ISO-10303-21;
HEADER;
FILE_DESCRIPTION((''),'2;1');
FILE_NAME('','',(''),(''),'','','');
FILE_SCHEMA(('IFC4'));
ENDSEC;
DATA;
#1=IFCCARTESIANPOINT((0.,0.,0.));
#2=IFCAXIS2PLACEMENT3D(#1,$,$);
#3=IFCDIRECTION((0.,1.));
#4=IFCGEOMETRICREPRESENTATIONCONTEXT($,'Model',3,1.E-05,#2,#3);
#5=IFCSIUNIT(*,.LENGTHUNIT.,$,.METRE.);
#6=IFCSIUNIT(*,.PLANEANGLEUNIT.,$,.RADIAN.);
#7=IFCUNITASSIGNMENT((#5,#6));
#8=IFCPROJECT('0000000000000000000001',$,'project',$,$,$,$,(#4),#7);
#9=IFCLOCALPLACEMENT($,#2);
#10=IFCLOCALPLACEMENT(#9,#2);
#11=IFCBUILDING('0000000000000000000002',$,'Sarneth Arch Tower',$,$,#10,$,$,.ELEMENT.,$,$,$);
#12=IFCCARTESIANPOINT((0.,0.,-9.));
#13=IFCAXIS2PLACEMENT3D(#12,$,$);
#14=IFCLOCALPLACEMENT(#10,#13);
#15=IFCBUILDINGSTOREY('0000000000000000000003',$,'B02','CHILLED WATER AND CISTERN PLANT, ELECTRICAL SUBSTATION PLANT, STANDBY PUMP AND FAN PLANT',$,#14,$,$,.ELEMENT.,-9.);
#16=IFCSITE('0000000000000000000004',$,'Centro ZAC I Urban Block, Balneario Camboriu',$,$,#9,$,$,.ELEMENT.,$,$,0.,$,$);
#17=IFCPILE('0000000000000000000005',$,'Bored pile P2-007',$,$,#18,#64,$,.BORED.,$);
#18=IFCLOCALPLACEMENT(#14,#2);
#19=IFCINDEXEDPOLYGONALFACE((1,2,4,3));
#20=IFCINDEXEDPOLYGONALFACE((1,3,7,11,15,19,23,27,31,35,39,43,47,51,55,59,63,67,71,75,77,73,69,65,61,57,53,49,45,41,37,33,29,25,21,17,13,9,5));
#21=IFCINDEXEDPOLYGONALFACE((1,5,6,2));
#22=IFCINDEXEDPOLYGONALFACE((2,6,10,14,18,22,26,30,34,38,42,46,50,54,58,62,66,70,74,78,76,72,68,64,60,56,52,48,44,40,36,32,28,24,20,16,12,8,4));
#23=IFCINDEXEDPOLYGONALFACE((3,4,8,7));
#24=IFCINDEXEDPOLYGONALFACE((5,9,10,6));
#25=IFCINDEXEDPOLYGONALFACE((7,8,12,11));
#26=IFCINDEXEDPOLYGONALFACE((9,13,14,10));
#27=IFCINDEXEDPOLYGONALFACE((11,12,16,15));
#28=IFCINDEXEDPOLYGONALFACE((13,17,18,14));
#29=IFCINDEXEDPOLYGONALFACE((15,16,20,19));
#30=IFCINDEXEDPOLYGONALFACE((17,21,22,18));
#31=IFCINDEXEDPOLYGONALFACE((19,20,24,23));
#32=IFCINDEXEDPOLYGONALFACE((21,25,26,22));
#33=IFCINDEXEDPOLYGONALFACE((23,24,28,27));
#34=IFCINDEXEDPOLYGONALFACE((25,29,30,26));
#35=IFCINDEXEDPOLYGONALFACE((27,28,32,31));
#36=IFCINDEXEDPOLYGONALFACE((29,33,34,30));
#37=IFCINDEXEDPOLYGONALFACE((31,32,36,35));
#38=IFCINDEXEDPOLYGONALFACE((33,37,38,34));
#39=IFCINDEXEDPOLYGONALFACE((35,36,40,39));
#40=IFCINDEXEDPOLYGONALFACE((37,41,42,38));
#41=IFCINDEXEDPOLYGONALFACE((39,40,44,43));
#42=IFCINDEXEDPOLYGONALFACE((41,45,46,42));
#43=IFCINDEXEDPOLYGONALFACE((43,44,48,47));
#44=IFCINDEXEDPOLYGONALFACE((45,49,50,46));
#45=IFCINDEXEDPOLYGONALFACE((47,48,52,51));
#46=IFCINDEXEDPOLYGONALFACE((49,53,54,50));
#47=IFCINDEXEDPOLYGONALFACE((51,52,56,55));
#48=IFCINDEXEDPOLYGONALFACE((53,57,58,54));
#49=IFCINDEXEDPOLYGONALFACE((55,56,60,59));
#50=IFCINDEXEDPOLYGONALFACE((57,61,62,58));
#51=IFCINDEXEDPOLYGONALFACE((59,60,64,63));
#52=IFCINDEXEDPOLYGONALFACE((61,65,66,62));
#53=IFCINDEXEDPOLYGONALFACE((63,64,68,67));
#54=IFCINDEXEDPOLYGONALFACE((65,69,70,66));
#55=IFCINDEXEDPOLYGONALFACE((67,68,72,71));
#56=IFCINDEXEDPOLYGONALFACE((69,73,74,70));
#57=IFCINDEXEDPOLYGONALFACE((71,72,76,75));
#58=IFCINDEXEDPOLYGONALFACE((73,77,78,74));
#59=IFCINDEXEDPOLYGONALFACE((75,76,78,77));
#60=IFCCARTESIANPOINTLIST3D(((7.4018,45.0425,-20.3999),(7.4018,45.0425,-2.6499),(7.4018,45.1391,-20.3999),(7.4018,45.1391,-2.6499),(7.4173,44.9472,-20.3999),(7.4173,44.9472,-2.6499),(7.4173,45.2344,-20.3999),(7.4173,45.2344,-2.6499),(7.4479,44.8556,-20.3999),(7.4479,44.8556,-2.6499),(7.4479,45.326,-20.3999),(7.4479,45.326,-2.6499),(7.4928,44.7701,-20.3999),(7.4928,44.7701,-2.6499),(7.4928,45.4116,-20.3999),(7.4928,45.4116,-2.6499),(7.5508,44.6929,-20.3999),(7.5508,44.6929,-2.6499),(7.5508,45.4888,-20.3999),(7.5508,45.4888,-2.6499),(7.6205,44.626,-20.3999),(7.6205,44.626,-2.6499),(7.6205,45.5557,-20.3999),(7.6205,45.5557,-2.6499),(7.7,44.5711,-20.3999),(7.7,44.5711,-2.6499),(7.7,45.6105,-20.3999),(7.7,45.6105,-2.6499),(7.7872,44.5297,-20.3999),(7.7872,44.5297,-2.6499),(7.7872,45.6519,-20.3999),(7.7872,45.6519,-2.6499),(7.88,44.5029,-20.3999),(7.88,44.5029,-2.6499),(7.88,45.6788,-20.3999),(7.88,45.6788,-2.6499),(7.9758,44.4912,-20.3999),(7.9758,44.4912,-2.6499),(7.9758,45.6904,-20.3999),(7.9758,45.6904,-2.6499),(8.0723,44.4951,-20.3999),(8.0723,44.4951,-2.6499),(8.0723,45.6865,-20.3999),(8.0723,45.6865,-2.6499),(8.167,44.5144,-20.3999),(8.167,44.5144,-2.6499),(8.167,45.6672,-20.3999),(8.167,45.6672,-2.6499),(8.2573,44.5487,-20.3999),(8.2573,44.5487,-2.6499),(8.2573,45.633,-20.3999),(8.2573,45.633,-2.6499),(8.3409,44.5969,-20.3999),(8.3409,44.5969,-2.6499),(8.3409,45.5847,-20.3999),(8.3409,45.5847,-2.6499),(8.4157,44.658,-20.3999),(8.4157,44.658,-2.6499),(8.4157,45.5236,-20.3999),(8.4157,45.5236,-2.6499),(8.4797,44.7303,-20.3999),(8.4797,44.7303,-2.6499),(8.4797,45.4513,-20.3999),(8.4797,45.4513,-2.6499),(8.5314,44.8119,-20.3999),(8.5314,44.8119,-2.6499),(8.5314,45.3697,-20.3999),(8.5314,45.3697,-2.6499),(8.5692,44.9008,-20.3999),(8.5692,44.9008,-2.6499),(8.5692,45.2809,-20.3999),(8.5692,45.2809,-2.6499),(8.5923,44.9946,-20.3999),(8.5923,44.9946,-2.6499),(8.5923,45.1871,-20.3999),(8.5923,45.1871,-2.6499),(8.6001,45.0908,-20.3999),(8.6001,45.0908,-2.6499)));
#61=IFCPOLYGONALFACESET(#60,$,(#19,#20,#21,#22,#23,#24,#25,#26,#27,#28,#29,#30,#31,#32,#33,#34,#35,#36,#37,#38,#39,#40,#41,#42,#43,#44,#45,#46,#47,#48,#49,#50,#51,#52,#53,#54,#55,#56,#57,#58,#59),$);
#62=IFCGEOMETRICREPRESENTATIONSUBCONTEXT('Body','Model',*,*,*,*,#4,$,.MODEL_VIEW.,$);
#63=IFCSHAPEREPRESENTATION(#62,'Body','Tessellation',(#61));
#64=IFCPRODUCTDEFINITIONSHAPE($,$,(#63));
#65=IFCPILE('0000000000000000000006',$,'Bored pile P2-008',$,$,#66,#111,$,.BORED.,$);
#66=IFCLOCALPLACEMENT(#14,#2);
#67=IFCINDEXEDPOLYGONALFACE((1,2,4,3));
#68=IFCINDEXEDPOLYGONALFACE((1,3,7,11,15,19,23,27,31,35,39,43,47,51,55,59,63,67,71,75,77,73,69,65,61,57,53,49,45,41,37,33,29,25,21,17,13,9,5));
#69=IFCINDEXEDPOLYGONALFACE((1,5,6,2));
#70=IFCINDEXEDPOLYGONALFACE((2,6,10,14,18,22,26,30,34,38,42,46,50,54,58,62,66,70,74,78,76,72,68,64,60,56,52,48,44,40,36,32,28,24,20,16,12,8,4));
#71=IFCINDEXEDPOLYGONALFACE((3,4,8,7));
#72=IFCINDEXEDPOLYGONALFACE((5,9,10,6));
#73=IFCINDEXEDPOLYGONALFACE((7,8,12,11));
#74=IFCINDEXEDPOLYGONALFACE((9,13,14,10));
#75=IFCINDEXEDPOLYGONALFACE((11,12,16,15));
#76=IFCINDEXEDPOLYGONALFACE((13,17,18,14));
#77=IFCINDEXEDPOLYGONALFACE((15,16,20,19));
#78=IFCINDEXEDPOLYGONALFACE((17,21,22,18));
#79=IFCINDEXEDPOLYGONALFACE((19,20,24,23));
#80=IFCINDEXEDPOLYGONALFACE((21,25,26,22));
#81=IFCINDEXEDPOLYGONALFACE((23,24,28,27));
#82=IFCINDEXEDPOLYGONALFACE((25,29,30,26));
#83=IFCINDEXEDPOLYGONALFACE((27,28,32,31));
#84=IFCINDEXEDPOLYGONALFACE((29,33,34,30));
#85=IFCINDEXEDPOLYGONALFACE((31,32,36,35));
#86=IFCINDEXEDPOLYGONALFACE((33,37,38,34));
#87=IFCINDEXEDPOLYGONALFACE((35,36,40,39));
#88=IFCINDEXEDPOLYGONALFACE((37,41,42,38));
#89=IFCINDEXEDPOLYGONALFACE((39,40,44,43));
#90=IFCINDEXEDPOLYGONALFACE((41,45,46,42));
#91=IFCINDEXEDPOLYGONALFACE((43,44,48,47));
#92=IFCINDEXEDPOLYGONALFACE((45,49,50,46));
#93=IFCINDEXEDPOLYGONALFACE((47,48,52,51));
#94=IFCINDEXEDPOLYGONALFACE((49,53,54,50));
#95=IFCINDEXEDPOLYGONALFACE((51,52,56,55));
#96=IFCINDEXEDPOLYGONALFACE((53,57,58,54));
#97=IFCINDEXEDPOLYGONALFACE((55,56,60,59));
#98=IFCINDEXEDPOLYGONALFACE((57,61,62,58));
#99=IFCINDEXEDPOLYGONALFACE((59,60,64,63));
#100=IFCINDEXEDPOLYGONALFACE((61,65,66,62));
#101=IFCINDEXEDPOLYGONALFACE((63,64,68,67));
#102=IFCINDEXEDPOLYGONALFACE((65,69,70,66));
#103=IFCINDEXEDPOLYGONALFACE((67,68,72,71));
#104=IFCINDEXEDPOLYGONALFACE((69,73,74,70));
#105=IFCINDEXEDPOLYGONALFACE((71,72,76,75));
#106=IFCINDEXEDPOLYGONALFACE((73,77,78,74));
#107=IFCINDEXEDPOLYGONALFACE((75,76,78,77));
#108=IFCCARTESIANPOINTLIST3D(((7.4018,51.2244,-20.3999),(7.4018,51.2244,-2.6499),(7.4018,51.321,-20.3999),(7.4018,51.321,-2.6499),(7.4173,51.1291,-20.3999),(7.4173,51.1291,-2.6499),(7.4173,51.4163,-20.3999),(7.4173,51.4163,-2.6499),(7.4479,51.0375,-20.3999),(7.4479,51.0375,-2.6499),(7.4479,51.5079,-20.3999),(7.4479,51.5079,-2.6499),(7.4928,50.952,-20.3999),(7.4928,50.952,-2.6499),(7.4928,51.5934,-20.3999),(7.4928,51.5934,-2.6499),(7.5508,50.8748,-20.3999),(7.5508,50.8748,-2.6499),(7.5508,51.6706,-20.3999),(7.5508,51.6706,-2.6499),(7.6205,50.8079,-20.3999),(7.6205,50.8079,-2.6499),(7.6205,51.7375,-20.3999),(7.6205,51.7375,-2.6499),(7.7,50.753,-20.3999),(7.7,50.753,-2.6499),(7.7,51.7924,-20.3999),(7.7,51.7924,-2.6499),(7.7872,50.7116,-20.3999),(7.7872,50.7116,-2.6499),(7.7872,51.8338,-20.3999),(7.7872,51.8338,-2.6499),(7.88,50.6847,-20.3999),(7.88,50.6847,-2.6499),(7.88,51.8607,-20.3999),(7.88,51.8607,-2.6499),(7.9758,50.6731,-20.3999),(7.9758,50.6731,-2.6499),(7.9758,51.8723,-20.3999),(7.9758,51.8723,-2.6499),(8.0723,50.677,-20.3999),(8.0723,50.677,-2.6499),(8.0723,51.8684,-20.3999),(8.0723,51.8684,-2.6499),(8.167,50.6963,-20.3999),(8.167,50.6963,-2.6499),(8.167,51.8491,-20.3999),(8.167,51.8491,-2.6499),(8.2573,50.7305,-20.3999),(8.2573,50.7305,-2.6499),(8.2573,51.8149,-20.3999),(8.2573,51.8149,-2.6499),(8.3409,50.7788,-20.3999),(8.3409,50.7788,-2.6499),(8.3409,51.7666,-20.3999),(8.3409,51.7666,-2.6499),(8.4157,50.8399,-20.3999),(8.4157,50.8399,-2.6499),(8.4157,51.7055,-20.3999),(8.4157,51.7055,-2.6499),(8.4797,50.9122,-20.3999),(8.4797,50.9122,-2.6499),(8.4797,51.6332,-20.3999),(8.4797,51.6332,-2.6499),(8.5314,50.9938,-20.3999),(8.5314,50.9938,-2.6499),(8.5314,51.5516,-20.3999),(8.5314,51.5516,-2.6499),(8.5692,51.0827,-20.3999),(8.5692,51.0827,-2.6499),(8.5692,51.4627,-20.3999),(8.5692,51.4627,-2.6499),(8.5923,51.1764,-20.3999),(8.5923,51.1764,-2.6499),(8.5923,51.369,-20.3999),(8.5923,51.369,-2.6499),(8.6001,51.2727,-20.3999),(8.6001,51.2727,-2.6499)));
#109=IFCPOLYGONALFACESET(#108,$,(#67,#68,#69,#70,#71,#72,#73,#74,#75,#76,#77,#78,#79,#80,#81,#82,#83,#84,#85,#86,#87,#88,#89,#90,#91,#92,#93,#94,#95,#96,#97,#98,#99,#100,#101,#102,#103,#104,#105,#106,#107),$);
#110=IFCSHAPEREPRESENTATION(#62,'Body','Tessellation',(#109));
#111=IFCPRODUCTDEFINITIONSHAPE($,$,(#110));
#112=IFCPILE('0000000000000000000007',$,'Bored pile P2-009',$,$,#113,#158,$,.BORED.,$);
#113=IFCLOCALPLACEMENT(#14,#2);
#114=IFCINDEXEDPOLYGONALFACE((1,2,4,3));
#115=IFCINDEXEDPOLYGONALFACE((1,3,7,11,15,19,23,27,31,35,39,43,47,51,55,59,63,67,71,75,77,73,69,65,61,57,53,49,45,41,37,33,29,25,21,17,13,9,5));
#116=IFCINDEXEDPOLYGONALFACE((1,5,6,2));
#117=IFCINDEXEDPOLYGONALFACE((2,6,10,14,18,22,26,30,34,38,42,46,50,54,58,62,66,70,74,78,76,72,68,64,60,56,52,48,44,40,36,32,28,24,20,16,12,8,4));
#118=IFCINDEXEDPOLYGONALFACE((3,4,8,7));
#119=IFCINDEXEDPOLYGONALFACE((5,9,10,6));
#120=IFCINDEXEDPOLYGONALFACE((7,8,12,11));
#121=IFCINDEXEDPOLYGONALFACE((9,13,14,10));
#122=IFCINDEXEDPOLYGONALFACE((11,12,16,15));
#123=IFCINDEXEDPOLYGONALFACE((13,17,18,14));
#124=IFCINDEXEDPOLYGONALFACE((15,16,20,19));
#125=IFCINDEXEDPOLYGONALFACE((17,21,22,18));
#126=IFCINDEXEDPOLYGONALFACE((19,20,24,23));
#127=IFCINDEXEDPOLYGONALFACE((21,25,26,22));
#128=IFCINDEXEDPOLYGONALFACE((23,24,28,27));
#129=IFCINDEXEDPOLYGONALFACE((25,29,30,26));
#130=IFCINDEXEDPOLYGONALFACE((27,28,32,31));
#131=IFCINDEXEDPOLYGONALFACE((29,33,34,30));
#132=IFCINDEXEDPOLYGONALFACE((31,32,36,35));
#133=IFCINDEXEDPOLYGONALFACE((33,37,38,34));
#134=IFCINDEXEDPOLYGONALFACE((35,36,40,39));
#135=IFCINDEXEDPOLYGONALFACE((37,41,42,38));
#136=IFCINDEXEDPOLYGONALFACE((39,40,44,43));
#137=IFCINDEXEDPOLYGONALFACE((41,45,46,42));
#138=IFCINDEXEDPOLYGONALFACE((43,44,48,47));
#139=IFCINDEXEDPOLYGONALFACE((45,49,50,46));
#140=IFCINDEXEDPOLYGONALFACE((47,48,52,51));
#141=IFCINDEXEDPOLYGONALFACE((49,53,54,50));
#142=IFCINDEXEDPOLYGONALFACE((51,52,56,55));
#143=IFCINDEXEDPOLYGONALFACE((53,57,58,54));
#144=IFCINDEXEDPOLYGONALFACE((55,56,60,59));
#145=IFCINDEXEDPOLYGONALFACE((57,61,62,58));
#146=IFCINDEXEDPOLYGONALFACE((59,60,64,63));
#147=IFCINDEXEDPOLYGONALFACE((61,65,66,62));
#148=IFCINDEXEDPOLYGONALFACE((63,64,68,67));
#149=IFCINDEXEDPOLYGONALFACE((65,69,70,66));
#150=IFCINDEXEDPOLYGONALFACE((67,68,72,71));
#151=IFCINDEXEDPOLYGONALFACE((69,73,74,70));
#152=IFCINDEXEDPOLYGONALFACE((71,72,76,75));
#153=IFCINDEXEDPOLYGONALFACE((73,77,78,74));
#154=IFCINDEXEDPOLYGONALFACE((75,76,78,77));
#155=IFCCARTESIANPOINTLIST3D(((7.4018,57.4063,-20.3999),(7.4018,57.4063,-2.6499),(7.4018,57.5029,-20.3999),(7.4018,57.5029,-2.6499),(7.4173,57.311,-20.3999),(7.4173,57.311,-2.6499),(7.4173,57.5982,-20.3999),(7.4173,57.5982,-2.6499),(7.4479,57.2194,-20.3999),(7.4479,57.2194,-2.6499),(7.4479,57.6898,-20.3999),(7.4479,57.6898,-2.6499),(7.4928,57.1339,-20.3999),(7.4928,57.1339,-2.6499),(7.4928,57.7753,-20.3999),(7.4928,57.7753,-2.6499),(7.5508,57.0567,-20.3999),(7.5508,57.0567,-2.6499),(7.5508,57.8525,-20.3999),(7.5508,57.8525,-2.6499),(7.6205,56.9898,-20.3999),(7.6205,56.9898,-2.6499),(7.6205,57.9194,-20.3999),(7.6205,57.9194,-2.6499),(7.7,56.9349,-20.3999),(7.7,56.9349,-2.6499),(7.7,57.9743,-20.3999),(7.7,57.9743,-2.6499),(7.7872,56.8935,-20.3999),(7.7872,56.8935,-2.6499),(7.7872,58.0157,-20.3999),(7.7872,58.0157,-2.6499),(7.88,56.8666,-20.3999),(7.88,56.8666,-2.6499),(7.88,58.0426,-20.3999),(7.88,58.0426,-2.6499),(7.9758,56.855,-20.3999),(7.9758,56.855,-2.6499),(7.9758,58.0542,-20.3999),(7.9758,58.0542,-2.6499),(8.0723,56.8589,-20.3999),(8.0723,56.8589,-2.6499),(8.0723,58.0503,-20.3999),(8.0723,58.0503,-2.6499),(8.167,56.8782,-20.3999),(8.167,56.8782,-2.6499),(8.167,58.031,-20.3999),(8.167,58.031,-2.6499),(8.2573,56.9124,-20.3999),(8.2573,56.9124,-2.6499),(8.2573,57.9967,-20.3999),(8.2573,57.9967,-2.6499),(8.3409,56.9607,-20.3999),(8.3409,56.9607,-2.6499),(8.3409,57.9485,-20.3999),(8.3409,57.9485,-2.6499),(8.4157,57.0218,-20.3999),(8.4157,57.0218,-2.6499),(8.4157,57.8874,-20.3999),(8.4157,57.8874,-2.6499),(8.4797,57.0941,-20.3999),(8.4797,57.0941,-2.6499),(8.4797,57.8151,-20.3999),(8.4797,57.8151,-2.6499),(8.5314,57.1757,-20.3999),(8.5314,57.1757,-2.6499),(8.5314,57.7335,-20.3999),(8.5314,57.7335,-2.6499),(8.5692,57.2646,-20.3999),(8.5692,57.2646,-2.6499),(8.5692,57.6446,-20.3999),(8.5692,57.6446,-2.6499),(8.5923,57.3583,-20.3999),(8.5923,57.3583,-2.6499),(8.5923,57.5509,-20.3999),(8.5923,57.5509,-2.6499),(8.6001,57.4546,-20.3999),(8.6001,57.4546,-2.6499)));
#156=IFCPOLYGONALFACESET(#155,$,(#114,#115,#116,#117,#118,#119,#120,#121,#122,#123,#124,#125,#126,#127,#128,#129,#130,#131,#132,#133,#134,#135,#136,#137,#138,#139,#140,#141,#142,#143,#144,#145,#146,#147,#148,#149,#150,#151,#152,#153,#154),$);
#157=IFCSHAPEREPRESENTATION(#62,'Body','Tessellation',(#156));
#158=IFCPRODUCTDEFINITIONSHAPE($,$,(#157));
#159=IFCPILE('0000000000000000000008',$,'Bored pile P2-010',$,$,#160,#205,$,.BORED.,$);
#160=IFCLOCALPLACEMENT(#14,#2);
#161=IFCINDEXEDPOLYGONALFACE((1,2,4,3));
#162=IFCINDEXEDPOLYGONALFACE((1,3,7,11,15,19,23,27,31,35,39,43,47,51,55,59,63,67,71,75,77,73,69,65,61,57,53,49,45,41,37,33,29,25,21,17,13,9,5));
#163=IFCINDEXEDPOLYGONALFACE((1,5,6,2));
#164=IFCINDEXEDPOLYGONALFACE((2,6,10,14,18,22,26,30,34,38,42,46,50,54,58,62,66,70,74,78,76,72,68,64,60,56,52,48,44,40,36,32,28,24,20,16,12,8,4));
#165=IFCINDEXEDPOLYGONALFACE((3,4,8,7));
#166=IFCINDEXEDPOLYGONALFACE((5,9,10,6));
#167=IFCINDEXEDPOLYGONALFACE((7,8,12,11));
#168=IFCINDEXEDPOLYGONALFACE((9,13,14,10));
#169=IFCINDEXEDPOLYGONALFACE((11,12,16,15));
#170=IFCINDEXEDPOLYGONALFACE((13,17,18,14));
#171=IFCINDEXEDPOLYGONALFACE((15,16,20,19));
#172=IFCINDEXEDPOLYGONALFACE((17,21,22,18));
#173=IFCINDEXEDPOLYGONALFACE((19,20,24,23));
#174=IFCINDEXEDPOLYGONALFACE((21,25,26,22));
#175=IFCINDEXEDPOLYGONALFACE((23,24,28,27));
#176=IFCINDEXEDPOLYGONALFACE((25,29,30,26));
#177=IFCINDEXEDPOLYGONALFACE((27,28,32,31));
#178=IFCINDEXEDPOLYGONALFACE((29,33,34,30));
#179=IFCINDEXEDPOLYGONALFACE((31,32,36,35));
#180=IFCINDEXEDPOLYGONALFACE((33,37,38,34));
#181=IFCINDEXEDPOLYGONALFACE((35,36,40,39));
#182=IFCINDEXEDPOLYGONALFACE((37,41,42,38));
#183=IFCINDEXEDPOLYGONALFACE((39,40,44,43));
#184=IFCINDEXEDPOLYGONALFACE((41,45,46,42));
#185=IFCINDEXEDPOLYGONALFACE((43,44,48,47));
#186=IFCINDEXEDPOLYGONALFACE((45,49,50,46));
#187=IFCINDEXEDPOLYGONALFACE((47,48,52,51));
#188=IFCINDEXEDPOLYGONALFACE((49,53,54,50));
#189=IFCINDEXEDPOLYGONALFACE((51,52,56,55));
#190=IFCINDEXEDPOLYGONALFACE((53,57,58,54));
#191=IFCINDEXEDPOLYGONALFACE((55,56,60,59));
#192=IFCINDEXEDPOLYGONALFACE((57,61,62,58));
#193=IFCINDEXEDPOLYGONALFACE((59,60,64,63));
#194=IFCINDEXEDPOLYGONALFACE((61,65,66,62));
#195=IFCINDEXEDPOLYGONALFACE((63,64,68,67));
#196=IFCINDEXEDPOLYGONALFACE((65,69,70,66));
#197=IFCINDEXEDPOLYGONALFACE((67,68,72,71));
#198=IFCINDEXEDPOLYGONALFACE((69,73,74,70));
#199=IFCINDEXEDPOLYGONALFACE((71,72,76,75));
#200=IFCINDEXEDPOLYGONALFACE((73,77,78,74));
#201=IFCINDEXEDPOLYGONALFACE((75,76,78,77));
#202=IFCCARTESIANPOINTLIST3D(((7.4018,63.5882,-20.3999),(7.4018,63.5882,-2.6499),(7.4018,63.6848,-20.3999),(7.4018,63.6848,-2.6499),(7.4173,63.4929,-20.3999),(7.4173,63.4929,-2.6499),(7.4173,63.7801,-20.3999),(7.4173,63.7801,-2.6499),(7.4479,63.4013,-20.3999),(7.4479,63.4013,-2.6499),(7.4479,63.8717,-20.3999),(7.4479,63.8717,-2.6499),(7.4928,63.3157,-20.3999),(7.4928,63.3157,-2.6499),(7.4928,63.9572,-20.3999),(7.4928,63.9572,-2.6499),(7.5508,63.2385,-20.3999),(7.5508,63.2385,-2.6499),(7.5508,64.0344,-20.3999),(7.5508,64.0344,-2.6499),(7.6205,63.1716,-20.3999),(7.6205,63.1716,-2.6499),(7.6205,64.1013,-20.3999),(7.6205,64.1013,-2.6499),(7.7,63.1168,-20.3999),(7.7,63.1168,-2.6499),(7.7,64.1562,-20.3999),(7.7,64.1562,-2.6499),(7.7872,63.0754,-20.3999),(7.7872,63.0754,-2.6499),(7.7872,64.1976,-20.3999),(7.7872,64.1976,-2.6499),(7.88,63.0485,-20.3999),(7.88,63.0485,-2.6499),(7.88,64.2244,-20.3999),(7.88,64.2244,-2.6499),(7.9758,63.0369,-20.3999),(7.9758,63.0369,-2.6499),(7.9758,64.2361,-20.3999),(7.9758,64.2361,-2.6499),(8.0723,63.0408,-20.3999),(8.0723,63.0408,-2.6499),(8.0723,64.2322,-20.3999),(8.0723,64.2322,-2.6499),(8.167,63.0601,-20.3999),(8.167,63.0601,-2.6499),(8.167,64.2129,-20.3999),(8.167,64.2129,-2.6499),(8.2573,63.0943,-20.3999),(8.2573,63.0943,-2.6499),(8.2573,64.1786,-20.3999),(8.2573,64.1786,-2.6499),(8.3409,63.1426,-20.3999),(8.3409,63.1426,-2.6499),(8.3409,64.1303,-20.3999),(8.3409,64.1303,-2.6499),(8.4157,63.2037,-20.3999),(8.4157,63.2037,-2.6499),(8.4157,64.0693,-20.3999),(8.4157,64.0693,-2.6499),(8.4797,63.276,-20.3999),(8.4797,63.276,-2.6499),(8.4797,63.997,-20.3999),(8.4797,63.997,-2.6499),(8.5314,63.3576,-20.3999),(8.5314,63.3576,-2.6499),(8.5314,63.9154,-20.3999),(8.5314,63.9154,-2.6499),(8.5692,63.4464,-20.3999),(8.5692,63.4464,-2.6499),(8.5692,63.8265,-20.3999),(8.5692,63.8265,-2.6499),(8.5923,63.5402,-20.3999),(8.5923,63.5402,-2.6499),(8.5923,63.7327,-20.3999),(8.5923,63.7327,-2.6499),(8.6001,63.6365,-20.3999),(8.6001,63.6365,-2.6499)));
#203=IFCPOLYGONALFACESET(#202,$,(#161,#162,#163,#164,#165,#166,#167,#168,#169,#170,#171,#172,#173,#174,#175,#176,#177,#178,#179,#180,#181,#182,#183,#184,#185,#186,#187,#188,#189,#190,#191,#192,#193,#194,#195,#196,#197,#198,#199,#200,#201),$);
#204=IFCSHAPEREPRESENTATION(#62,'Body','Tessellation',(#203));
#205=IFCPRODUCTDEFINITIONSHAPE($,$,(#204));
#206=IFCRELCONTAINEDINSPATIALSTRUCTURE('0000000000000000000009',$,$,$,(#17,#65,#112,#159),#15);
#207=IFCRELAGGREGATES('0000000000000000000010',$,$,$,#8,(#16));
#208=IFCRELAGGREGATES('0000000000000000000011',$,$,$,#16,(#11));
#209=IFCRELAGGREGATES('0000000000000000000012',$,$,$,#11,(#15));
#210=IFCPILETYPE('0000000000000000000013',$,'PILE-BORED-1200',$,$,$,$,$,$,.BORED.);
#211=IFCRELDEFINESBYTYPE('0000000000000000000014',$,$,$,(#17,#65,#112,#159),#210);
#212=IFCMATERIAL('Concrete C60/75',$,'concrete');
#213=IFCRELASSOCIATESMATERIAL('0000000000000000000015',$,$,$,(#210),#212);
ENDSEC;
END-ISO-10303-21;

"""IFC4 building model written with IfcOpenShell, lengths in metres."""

from ifc_helpers import new_model, si_unit, direction, frame, origin, origin_2d, place, context, subcontext, project, spatial, circle, extrude, material, material_profile, profile_set, type_object, element, save


model = new_model("IFC4")

# Units and contexts
model_context = context("Model", 3, precision=1e-05, world=origin(), true_north=direction((0.0, 1.0)))
body_context = subcontext(model_context, "Body", "Model", "MODEL_VIEW")
ifc_project = project(units=[si_unit("LENGTHUNIT", "METRE"), si_unit("PLANEANGLEUNIT", "RADIAN")], contexts=[model_context])

# Site, building, storey
site_placement = place(None, origin())
site = spatial("IfcSite", under=ifc_project, at=site_placement, Name="Centro ZAC I Urban Block, Balneario Camboriu", CompositionType="ELEMENT", RefElevation=0.0)
building_placement = place(site_placement, origin())
building = spatial("IfcBuilding", under=site, at=building_placement, Name="Sarneth Arch Tower", CompositionType="ELEMENT")
storey_placement = place(building_placement, frame((0.0, 0.0, -9.0)))
storey = spatial("IfcBuildingStorey", under=building, at=storey_placement, Name="B02", Description="CHILLED WATER AND CISTERN PLANT, ELECTRICAL SUBSTATION PLANT, STANDBY PUMP AND FAN PLANT", CompositionType="ELEMENT", Elevation=-9.0)

# Piles
ifc_material_1 = material(Name="Concrete C60/75", Category="concrete")
ifc_material_profile_1 = material_profile(ifc_material_1, circle(Radius=0.6001, at=origin_2d()), Name="PILE-D1200")
ifc_profile_set_1 = profile_set([ifc_material_profile_1], Name="Concrete C60/75")
pile_type_1 = type_object("IfcPileType", Name="PILE-BORED-1200", PredefinedType="BORED", material=ifc_profile_set_1)
for number, where, z_axis, x_axis, name in (
    (1, (8.0, 45.0908, -2.6499), (0.0, 0.0, -1.0), (1.0, 0.0, 0.0), "Bored pile P2-007"),
    (2, (8.0, 51.2727, -2.6499), (0.0, 0.0, -1.0), (1.0, 0.0, 0.0), "Bored pile P2-008"),
    (3, (8.0, 57.4546, -2.6499), (0.0, 0.0, -1.0), (1.0, 0.0, 0.0), "Bored pile P2-009"),
    (4, (8.0, 63.6365, -2.6499), (0.0, 0.0, -1.0), (1.0, 0.0, 0.0), "Bored pile P2-010"),
):
    element("IfcPile", number, at=place(storey_placement, frame(where, z_axis=z_axis, x_axis=x_axis)), inside=storey, type_object=pile_type_1, Name=name, PredefinedType="BORED", context=body_context, shape_type="SweptSolid", body=[
        extrude(circle(Radius=0.6001, at=origin_2d()), origin(), (0.0, 0.0, 1.0), 17.75),
    ])

save(model, "model.ifc")
